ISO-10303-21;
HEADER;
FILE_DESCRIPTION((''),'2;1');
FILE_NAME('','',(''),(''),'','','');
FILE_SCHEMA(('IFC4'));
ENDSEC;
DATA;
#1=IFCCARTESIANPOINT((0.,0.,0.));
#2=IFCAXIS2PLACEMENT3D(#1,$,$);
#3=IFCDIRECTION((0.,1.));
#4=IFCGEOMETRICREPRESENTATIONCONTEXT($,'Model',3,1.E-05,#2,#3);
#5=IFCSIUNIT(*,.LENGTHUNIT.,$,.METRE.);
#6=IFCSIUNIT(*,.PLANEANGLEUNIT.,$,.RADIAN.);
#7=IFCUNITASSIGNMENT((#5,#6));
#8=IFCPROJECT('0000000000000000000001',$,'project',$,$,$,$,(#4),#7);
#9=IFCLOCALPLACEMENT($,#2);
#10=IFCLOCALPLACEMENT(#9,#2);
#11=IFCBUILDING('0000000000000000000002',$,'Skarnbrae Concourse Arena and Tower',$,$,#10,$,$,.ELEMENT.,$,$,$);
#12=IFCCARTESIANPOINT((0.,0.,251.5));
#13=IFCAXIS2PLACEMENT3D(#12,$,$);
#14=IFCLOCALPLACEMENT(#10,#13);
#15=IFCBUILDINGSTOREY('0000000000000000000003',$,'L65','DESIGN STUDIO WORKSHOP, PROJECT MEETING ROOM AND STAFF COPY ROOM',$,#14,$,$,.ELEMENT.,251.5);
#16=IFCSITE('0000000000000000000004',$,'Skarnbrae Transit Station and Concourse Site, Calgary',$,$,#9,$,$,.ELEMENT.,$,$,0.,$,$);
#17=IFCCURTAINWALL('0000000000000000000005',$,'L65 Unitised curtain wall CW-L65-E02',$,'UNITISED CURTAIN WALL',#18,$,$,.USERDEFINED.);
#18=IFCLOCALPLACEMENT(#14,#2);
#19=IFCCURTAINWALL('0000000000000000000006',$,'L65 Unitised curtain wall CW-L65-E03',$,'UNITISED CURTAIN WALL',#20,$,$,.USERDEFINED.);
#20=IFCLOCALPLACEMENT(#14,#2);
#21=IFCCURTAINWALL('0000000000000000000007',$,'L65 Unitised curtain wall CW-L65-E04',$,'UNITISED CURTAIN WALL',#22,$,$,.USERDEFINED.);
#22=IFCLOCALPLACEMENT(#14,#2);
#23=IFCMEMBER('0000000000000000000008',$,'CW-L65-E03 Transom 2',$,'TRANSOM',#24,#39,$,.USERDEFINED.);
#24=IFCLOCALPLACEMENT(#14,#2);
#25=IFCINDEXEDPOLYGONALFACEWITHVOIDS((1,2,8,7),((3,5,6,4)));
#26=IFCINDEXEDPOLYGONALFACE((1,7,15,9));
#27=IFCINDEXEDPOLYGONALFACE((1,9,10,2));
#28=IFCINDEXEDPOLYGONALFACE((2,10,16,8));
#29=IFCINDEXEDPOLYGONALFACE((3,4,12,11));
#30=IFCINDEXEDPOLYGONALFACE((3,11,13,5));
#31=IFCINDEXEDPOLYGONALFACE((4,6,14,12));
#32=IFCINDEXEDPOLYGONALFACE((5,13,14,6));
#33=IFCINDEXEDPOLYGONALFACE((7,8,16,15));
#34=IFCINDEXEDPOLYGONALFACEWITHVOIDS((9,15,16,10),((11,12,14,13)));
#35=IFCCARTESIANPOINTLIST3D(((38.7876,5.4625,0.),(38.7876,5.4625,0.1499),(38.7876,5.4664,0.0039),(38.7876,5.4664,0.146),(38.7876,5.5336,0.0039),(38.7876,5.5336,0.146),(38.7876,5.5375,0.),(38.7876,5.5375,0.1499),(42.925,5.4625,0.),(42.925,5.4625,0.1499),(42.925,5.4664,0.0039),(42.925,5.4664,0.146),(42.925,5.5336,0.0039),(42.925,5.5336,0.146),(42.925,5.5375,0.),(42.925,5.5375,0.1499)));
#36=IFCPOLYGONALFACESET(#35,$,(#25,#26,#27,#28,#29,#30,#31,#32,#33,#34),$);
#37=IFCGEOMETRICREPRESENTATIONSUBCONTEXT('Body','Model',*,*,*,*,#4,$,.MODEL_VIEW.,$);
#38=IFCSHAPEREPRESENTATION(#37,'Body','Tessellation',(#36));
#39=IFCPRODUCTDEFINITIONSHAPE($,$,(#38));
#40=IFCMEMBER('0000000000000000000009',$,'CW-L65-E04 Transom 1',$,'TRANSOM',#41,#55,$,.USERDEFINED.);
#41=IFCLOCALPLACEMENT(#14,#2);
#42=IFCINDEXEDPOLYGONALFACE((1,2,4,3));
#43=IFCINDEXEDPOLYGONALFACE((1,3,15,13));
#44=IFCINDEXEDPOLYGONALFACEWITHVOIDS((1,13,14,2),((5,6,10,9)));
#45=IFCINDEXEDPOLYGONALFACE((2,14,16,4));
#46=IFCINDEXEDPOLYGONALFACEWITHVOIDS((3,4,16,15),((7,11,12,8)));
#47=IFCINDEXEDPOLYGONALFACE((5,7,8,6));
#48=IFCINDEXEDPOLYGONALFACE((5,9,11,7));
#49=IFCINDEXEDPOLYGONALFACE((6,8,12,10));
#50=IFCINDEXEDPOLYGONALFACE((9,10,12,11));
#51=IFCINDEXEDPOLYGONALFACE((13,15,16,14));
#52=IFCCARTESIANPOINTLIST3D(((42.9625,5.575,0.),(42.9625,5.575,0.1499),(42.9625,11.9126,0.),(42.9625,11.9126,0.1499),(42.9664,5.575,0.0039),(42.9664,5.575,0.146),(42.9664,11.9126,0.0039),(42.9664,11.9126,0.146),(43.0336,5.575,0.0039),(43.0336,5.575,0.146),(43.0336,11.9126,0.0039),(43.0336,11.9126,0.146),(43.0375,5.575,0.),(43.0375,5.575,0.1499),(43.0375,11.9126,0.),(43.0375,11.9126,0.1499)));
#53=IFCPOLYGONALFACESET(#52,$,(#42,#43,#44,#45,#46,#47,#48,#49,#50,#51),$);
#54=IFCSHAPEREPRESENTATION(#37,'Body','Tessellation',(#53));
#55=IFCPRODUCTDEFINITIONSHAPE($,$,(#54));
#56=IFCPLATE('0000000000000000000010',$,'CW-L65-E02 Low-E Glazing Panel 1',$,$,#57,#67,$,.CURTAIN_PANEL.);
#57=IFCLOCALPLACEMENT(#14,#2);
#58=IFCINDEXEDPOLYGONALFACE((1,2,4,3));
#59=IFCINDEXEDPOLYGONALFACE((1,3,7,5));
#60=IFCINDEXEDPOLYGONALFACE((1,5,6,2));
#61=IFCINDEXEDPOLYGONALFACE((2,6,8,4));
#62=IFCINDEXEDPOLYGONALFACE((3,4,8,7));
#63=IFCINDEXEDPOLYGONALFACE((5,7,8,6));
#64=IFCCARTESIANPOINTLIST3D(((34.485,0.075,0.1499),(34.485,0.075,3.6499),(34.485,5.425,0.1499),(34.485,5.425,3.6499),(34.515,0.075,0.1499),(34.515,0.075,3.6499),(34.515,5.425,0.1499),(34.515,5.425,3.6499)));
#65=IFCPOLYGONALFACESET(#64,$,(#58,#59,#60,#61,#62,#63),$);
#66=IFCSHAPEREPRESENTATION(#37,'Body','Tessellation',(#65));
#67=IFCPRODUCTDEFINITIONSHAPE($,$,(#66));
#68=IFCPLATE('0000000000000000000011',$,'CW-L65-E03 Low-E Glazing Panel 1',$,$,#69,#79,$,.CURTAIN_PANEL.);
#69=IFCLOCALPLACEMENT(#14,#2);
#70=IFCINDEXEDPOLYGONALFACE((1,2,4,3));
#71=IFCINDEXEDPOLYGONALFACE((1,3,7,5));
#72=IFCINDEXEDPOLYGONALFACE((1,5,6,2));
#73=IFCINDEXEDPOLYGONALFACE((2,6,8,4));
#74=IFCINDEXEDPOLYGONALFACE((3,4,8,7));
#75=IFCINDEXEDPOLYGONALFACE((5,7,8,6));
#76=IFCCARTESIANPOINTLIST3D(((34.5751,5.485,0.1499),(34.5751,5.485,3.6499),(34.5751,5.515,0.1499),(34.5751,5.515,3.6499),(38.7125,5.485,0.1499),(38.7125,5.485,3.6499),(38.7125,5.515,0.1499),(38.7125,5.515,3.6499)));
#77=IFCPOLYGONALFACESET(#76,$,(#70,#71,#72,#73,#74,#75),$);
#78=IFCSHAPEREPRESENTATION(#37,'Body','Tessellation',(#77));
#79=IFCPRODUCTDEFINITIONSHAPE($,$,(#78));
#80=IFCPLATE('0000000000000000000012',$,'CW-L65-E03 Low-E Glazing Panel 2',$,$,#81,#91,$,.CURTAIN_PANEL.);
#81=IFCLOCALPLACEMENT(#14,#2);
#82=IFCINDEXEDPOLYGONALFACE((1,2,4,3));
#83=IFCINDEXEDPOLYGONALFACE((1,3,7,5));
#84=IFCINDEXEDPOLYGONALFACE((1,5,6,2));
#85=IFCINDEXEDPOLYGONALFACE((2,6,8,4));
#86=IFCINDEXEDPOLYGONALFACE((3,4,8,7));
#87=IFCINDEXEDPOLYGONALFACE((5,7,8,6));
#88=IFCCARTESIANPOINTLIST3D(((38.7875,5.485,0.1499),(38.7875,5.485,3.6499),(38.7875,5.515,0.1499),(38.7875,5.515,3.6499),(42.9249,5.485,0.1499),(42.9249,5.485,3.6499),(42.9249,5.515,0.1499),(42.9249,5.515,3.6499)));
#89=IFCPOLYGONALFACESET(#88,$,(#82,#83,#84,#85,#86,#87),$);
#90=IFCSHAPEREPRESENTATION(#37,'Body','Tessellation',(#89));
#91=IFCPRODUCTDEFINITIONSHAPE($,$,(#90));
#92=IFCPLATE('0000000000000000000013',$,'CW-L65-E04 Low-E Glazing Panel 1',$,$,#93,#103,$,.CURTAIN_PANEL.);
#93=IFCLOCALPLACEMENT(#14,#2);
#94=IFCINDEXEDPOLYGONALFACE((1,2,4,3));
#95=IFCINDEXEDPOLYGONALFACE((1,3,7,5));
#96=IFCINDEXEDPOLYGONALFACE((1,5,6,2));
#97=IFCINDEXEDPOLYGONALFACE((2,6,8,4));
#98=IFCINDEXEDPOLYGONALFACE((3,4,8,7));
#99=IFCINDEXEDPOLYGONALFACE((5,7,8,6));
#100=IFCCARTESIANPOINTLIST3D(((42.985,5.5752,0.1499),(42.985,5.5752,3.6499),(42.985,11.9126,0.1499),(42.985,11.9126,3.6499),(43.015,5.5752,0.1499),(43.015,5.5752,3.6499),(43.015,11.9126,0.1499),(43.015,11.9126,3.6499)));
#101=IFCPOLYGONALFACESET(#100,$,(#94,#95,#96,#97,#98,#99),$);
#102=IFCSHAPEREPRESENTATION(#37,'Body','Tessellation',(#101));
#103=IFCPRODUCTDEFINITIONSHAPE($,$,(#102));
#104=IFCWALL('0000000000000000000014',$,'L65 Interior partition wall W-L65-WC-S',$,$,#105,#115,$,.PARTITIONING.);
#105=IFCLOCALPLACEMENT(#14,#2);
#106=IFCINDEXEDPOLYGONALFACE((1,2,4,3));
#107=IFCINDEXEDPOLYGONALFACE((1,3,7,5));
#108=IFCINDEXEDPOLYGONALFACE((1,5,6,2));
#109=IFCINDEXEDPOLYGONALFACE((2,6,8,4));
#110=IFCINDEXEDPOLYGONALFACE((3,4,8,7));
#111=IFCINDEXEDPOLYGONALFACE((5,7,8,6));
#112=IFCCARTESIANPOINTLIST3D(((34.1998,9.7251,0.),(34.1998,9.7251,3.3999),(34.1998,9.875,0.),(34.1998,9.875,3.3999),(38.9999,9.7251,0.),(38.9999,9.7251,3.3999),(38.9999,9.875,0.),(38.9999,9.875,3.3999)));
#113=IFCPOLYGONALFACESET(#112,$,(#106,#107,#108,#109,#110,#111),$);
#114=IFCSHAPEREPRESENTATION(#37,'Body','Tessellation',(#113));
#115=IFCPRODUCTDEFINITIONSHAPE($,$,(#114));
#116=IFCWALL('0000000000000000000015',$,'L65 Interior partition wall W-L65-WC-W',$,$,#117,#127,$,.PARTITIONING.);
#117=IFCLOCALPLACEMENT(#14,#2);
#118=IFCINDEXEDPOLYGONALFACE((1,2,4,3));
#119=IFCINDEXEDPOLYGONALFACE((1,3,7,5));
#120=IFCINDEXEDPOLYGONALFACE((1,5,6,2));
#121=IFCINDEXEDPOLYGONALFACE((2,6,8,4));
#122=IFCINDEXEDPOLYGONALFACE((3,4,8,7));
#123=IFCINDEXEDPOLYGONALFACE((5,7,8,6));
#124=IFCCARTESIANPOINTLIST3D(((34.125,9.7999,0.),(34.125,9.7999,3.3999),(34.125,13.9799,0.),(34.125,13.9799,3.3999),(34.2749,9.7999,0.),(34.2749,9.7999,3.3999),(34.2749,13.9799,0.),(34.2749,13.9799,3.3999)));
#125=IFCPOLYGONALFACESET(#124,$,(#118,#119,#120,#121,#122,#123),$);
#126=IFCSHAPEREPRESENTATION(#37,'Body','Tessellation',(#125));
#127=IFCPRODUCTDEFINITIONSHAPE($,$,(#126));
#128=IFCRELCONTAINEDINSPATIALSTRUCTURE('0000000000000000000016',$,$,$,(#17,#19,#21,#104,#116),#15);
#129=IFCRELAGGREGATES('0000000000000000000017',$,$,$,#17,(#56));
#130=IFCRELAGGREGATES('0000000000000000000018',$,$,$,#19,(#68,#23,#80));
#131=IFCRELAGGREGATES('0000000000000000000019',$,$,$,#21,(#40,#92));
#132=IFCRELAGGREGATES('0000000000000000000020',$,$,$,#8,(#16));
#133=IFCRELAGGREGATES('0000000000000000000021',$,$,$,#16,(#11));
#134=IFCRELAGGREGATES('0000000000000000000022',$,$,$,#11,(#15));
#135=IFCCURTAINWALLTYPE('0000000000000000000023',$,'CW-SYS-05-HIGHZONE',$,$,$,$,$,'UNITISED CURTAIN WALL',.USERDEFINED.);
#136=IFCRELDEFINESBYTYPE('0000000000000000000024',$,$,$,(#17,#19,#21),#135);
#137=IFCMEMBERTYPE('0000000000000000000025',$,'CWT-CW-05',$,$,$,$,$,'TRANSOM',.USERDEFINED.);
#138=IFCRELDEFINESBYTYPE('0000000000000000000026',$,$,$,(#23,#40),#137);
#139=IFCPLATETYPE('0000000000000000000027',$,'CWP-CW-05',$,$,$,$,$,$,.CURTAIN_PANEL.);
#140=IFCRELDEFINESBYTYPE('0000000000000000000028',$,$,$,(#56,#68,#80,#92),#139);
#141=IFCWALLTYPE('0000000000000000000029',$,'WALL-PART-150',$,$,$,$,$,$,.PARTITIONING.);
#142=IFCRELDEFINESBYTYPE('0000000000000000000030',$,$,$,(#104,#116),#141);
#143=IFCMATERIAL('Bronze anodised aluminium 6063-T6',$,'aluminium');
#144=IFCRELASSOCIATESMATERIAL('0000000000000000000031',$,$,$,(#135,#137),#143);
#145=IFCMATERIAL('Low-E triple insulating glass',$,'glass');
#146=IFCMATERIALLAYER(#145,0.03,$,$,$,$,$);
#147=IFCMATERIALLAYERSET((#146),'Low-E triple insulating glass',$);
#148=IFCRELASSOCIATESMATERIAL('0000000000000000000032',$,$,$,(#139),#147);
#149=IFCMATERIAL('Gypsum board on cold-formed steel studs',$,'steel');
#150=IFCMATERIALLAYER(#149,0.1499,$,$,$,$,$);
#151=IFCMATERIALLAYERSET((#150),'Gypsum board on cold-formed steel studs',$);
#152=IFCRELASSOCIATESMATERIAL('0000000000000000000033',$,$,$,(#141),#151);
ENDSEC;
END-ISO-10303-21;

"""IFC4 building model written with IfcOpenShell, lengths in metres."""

from ifc_helpers import new_model, si_unit, direction, frame, frame_2d, origin, origin_2d, place, context, subcontext, project, spatial, rectangle, hollow_rectangle, extrude, source, transform, mapped, material, layer, layer_set, material_profile, profile_set, type_object, element, aggregate, save


model = new_model("IFC4")

# Units and contexts
model_context = context("Model", 3, precision=1e-05, world=origin(), true_north=direction((0.0, 1.0)))
body_context = subcontext(model_context, "Body", "Model", "MODEL_VIEW")
ifc_project = project(units=[si_unit("LENGTHUNIT", "METRE"), si_unit("PLANEANGLEUNIT", "RADIAN")], contexts=[model_context])

# Site, building, storey
site_placement = place(None, origin())
site = spatial("IfcSite", under=ifc_project, at=site_placement, Name="Skarnbrae Transit Station and Concourse Site, Calgary", CompositionType="ELEMENT", RefElevation=0.0)
building_placement = place(site_placement, origin())
building = spatial("IfcBuilding", under=site, at=building_placement, Name="Skarnbrae Concourse Arena and Tower", CompositionType="ELEMENT")
storey_placement = place(building_placement, frame((0.0, 0.0, 251.5)))
storey = spatial("IfcBuildingStorey", under=building, at=storey_placement, Name="L65", Description="DESIGN STUDIO WORKSHOP, PROJECT MEETING ROOM AND STAFF COPY ROOM", CompositionType="ELEMENT", Elevation=251.5)

# Curtain walls
ifc_material_1 = material(Name="Bronze anodised aluminium 6063-T6", Category="aluminium")
curtain_wall_type = type_object("IfcCurtainWallType", Name="CW-SYS-05-HIGHZONE", ElementType="UNITISED CURTAIN WALL", PredefinedType="USERDEFINED", material=ifc_material_1)
curtain_wall_1_placement = place(storey_placement, origin())
curtain_wall_1 = element("IfcCurtainWall", 1, at=curtain_wall_1_placement, inside=storey, type_object=curtain_wall_type, Name="L65 Unitised curtain wall CW-L65-E02", ObjectType="UNITISED CURTAIN WALL", PredefinedType="USERDEFINED")
curtain_wall_2_placement = place(storey_placement, origin())
curtain_wall_2 = element("IfcCurtainWall", 2, at=curtain_wall_2_placement, inside=storey, type_object=curtain_wall_type, Name="L65 Unitised curtain wall CW-L65-E03", ObjectType="UNITISED CURTAIN WALL", PredefinedType="USERDEFINED")

# Curtain wall
curtain_wall_3_placement = place(storey_placement, origin())
curtain_wall_3 = element("IfcCurtainWall", 3, at=curtain_wall_3_placement, inside=storey, type_object=curtain_wall_type, Name="L65 Unitised curtain wall CW-L65-E04", ObjectType="UNITISED CURTAIN WALL", PredefinedType="USERDEFINED")

# Members
ifc_material_profile_1 = material_profile(ifc_material_1, hollow_rectangle(XDim=0.075, YDim=0.1499, WallThickness=0.0039, at=origin_2d()), Name="ALU-TRAN-75X150")
ifc_profile_set_1 = profile_set([ifc_material_profile_1], Name="Bronze anodised aluminium 6063-T6")
member_type_1 = type_object("IfcMemberType", Name="CWT-CW-05", ElementType="TRANSOM", PredefinedType="USERDEFINED", material=ifc_profile_set_1)
shared_shape_1 = source(origin(), body_context, "Body", "SweptSolid", [
    extrude(hollow_rectangle(XDim=0.075, YDim=0.1499, WallThickness=0.0039, at=origin_2d()), origin(), (0.0, 0.0, 1.0), 4.1375),
])
member_1_placement = place(storey_placement, frame((38.7876, 5.5, 0.075), z_axis=(1.0, 0.0, 0.0), x_axis=(0.0, 1.0, 0.0)))
member_1 = element("IfcMember", 4, at=member_1_placement, type_object=member_type_1, Name="CW-L65-E03 Transom 2", ObjectType="TRANSOM", PredefinedType="USERDEFINED", context=body_context, shape_type="MappedRepresentation", body=[
    mapped(shared_shape_1, transform((0.0, 0.0, 0.0))),
])
shared_shape_2 = source(origin(), body_context, "Body", "SweptSolid", [
    extrude(hollow_rectangle(XDim=0.075, YDim=0.1499, WallThickness=0.0039, at=origin_2d()), origin(), (0.0, 0.0, 1.0), 6.3376),
])
member_2_placement = place(storey_placement, frame((43.0, 5.575, 0.075), z_axis=(0.0, 1.0, 0.0), x_axis=(-1.0, 0.0, 0.0)))
member_2 = element("IfcMember", 5, at=member_2_placement, type_object=member_type_1, Name="CW-L65-E04 Transom 1", ObjectType="TRANSOM", PredefinedType="USERDEFINED", context=body_context, shape_type="MappedRepresentation", body=[
    mapped(shared_shape_2, transform((0.0, 0.0, 0.0))),
])

# Plates
ifc_material_2 = material(Name="Low-E triple insulating glass", Category="glass")
ifc_layer_1 = layer(ifc_material_2, 0.03)
ifc_layer_set_1 = layer_set([ifc_layer_1], Name="Low-E triple insulating glass")
plate_type = type_object("IfcPlateType", Name="CWP-CW-05", PredefinedType="CURTAIN_PANEL", material=ifc_layer_set_1)
shared_shape_3 = source(origin(), body_context, "Body", "SweptSolid", [
    extrude(rectangle(XDim=5.3501, YDim=0.03, at=origin_2d()), origin(), (0.0, 0.0, 1.0), 3.5),
])
plate_1_placement = place(storey_placement, frame((34.5, 2.75, 0.1499), z_axis=(0.0, 0.0, 1.0), x_axis=(0.0, 1.0, 0.0)))
plate_1 = element("IfcPlate", 6, at=plate_1_placement, type_object=plate_type, Name="CW-L65-E02 Low-E Glazing Panel 1", PredefinedType="CURTAIN_PANEL", context=body_context, shape_type="MappedRepresentation", body=[
    mapped(shared_shape_3, transform((0.0, 0.0, 0.0))),
])
aggregate(curtain_wall_1, [plate_1])
shared_shape_4 = source(origin(), body_context, "Body", "SweptSolid", [
    extrude(rectangle(XDim=4.1375, YDim=0.03, at=origin_2d()), origin(), (0.0, 0.0, 1.0), 3.5),
])
plate_2_placement = place(storey_placement, frame((36.6438, 5.5, 0.1499), z_axis=(0.0, 0.0, 1.0), x_axis=(1.0, 0.0, 0.0)))
plate_2 = element("IfcPlate", 7, at=plate_2_placement, type_object=plate_type, Name="CW-L65-E03 Low-E Glazing Panel 1", PredefinedType="CURTAIN_PANEL", context=body_context, shape_type="MappedRepresentation", body=[
    mapped(shared_shape_4, transform((0.0, 0.0, 0.0))),
])
plate_3_placement = place(storey_placement, frame((40.8562, 5.5, 0.1499), z_axis=(0.0, 0.0, 1.0), x_axis=(1.0, 0.0, 0.0)))
plate_3 = element("IfcPlate", 8, at=plate_3_placement, type_object=plate_type, Name="CW-L65-E03 Low-E Glazing Panel 2", PredefinedType="CURTAIN_PANEL", context=body_context, shape_type="MappedRepresentation", body=[
    mapped(shared_shape_4, transform((0.0, 0.0, 0.0))),
])
aggregate(curtain_wall_2, [plate_2, member_1, plate_3])
shared_shape_5 = source(origin(), body_context, "Body", "SweptSolid", [
    extrude(rectangle(XDim=6.3374, YDim=0.03, at=origin_2d()), origin(), (0.0, 0.0, 1.0), 3.5),
])
plate_4_placement = place(storey_placement, frame((43.0, 8.7439, 0.1499), z_axis=(0.0, 0.0, 1.0), x_axis=(0.0, 1.0, 0.0)))
plate_4 = element("IfcPlate", 9, at=plate_4_placement, type_object=plate_type, Name="CW-L65-E04 Low-E Glazing Panel 1", PredefinedType="CURTAIN_PANEL", context=body_context, shape_type="MappedRepresentation", body=[
    mapped(shared_shape_5, transform((0.0, 0.0, 0.0))),
])
aggregate(curtain_wall_3, [member_2, plate_4])

# Walls
ifc_material_3 = material(Name="Gypsum board on cold-formed steel studs", Category="steel")
ifc_layer_2 = layer(ifc_material_3, 0.1499)
ifc_layer_set_2 = layer_set([ifc_layer_2], Name="Gypsum board on cold-formed steel studs")
wall_type = type_object("IfcWallType", Name="WALL-PART-150", PredefinedType="PARTITIONING", material=ifc_layer_set_2)
shared_shape_6 = source(origin(), body_context, "Body", "SweptSolid", [
    extrude(rectangle(XDim=4.8, YDim=0.1499, at=frame_2d((2.3999, 0.0))), origin(), (0.0, 0.0, 1.0), 3.3999),
])
wall_1_placement = place(storey_placement, frame((34.2, 9.8, 0.0), z_axis=(0.0, 0.0, 1.0), x_axis=(1.0, 0.0, 0.0)))
element("IfcWall", 10, at=wall_1_placement, inside=storey, type_object=wall_type, Name="L65 Interior partition wall W-L65-WC-S", PredefinedType="PARTITIONING", context=body_context, shape_type="MappedRepresentation", body=[
    mapped(shared_shape_6, transform((0.0, 0.0, 0.0))),
])
shared_shape_7 = source(origin(), body_context, "Body", "SweptSolid", [
    extrude(rectangle(XDim=4.1799, YDim=0.1499, at=frame_2d((2.0898, 0.0))), origin(), (0.0, 0.0, 1.0), 3.3999),
])
wall_2_placement = place(storey_placement, frame((34.2, 9.8, 0.0), z_axis=(0.0, 0.0, 1.0), x_axis=(0.0, 1.0, 0.0)))
element("IfcWall", 11, at=wall_2_placement, inside=storey, type_object=wall_type, Name="L65 Interior partition wall W-L65-WC-W", PredefinedType="PARTITIONING", context=body_context, shape_type="MappedRepresentation", body=[
    mapped(shared_shape_7, transform((0.0, 0.0, 0.0))),
])

save(model, "model.ifc")
